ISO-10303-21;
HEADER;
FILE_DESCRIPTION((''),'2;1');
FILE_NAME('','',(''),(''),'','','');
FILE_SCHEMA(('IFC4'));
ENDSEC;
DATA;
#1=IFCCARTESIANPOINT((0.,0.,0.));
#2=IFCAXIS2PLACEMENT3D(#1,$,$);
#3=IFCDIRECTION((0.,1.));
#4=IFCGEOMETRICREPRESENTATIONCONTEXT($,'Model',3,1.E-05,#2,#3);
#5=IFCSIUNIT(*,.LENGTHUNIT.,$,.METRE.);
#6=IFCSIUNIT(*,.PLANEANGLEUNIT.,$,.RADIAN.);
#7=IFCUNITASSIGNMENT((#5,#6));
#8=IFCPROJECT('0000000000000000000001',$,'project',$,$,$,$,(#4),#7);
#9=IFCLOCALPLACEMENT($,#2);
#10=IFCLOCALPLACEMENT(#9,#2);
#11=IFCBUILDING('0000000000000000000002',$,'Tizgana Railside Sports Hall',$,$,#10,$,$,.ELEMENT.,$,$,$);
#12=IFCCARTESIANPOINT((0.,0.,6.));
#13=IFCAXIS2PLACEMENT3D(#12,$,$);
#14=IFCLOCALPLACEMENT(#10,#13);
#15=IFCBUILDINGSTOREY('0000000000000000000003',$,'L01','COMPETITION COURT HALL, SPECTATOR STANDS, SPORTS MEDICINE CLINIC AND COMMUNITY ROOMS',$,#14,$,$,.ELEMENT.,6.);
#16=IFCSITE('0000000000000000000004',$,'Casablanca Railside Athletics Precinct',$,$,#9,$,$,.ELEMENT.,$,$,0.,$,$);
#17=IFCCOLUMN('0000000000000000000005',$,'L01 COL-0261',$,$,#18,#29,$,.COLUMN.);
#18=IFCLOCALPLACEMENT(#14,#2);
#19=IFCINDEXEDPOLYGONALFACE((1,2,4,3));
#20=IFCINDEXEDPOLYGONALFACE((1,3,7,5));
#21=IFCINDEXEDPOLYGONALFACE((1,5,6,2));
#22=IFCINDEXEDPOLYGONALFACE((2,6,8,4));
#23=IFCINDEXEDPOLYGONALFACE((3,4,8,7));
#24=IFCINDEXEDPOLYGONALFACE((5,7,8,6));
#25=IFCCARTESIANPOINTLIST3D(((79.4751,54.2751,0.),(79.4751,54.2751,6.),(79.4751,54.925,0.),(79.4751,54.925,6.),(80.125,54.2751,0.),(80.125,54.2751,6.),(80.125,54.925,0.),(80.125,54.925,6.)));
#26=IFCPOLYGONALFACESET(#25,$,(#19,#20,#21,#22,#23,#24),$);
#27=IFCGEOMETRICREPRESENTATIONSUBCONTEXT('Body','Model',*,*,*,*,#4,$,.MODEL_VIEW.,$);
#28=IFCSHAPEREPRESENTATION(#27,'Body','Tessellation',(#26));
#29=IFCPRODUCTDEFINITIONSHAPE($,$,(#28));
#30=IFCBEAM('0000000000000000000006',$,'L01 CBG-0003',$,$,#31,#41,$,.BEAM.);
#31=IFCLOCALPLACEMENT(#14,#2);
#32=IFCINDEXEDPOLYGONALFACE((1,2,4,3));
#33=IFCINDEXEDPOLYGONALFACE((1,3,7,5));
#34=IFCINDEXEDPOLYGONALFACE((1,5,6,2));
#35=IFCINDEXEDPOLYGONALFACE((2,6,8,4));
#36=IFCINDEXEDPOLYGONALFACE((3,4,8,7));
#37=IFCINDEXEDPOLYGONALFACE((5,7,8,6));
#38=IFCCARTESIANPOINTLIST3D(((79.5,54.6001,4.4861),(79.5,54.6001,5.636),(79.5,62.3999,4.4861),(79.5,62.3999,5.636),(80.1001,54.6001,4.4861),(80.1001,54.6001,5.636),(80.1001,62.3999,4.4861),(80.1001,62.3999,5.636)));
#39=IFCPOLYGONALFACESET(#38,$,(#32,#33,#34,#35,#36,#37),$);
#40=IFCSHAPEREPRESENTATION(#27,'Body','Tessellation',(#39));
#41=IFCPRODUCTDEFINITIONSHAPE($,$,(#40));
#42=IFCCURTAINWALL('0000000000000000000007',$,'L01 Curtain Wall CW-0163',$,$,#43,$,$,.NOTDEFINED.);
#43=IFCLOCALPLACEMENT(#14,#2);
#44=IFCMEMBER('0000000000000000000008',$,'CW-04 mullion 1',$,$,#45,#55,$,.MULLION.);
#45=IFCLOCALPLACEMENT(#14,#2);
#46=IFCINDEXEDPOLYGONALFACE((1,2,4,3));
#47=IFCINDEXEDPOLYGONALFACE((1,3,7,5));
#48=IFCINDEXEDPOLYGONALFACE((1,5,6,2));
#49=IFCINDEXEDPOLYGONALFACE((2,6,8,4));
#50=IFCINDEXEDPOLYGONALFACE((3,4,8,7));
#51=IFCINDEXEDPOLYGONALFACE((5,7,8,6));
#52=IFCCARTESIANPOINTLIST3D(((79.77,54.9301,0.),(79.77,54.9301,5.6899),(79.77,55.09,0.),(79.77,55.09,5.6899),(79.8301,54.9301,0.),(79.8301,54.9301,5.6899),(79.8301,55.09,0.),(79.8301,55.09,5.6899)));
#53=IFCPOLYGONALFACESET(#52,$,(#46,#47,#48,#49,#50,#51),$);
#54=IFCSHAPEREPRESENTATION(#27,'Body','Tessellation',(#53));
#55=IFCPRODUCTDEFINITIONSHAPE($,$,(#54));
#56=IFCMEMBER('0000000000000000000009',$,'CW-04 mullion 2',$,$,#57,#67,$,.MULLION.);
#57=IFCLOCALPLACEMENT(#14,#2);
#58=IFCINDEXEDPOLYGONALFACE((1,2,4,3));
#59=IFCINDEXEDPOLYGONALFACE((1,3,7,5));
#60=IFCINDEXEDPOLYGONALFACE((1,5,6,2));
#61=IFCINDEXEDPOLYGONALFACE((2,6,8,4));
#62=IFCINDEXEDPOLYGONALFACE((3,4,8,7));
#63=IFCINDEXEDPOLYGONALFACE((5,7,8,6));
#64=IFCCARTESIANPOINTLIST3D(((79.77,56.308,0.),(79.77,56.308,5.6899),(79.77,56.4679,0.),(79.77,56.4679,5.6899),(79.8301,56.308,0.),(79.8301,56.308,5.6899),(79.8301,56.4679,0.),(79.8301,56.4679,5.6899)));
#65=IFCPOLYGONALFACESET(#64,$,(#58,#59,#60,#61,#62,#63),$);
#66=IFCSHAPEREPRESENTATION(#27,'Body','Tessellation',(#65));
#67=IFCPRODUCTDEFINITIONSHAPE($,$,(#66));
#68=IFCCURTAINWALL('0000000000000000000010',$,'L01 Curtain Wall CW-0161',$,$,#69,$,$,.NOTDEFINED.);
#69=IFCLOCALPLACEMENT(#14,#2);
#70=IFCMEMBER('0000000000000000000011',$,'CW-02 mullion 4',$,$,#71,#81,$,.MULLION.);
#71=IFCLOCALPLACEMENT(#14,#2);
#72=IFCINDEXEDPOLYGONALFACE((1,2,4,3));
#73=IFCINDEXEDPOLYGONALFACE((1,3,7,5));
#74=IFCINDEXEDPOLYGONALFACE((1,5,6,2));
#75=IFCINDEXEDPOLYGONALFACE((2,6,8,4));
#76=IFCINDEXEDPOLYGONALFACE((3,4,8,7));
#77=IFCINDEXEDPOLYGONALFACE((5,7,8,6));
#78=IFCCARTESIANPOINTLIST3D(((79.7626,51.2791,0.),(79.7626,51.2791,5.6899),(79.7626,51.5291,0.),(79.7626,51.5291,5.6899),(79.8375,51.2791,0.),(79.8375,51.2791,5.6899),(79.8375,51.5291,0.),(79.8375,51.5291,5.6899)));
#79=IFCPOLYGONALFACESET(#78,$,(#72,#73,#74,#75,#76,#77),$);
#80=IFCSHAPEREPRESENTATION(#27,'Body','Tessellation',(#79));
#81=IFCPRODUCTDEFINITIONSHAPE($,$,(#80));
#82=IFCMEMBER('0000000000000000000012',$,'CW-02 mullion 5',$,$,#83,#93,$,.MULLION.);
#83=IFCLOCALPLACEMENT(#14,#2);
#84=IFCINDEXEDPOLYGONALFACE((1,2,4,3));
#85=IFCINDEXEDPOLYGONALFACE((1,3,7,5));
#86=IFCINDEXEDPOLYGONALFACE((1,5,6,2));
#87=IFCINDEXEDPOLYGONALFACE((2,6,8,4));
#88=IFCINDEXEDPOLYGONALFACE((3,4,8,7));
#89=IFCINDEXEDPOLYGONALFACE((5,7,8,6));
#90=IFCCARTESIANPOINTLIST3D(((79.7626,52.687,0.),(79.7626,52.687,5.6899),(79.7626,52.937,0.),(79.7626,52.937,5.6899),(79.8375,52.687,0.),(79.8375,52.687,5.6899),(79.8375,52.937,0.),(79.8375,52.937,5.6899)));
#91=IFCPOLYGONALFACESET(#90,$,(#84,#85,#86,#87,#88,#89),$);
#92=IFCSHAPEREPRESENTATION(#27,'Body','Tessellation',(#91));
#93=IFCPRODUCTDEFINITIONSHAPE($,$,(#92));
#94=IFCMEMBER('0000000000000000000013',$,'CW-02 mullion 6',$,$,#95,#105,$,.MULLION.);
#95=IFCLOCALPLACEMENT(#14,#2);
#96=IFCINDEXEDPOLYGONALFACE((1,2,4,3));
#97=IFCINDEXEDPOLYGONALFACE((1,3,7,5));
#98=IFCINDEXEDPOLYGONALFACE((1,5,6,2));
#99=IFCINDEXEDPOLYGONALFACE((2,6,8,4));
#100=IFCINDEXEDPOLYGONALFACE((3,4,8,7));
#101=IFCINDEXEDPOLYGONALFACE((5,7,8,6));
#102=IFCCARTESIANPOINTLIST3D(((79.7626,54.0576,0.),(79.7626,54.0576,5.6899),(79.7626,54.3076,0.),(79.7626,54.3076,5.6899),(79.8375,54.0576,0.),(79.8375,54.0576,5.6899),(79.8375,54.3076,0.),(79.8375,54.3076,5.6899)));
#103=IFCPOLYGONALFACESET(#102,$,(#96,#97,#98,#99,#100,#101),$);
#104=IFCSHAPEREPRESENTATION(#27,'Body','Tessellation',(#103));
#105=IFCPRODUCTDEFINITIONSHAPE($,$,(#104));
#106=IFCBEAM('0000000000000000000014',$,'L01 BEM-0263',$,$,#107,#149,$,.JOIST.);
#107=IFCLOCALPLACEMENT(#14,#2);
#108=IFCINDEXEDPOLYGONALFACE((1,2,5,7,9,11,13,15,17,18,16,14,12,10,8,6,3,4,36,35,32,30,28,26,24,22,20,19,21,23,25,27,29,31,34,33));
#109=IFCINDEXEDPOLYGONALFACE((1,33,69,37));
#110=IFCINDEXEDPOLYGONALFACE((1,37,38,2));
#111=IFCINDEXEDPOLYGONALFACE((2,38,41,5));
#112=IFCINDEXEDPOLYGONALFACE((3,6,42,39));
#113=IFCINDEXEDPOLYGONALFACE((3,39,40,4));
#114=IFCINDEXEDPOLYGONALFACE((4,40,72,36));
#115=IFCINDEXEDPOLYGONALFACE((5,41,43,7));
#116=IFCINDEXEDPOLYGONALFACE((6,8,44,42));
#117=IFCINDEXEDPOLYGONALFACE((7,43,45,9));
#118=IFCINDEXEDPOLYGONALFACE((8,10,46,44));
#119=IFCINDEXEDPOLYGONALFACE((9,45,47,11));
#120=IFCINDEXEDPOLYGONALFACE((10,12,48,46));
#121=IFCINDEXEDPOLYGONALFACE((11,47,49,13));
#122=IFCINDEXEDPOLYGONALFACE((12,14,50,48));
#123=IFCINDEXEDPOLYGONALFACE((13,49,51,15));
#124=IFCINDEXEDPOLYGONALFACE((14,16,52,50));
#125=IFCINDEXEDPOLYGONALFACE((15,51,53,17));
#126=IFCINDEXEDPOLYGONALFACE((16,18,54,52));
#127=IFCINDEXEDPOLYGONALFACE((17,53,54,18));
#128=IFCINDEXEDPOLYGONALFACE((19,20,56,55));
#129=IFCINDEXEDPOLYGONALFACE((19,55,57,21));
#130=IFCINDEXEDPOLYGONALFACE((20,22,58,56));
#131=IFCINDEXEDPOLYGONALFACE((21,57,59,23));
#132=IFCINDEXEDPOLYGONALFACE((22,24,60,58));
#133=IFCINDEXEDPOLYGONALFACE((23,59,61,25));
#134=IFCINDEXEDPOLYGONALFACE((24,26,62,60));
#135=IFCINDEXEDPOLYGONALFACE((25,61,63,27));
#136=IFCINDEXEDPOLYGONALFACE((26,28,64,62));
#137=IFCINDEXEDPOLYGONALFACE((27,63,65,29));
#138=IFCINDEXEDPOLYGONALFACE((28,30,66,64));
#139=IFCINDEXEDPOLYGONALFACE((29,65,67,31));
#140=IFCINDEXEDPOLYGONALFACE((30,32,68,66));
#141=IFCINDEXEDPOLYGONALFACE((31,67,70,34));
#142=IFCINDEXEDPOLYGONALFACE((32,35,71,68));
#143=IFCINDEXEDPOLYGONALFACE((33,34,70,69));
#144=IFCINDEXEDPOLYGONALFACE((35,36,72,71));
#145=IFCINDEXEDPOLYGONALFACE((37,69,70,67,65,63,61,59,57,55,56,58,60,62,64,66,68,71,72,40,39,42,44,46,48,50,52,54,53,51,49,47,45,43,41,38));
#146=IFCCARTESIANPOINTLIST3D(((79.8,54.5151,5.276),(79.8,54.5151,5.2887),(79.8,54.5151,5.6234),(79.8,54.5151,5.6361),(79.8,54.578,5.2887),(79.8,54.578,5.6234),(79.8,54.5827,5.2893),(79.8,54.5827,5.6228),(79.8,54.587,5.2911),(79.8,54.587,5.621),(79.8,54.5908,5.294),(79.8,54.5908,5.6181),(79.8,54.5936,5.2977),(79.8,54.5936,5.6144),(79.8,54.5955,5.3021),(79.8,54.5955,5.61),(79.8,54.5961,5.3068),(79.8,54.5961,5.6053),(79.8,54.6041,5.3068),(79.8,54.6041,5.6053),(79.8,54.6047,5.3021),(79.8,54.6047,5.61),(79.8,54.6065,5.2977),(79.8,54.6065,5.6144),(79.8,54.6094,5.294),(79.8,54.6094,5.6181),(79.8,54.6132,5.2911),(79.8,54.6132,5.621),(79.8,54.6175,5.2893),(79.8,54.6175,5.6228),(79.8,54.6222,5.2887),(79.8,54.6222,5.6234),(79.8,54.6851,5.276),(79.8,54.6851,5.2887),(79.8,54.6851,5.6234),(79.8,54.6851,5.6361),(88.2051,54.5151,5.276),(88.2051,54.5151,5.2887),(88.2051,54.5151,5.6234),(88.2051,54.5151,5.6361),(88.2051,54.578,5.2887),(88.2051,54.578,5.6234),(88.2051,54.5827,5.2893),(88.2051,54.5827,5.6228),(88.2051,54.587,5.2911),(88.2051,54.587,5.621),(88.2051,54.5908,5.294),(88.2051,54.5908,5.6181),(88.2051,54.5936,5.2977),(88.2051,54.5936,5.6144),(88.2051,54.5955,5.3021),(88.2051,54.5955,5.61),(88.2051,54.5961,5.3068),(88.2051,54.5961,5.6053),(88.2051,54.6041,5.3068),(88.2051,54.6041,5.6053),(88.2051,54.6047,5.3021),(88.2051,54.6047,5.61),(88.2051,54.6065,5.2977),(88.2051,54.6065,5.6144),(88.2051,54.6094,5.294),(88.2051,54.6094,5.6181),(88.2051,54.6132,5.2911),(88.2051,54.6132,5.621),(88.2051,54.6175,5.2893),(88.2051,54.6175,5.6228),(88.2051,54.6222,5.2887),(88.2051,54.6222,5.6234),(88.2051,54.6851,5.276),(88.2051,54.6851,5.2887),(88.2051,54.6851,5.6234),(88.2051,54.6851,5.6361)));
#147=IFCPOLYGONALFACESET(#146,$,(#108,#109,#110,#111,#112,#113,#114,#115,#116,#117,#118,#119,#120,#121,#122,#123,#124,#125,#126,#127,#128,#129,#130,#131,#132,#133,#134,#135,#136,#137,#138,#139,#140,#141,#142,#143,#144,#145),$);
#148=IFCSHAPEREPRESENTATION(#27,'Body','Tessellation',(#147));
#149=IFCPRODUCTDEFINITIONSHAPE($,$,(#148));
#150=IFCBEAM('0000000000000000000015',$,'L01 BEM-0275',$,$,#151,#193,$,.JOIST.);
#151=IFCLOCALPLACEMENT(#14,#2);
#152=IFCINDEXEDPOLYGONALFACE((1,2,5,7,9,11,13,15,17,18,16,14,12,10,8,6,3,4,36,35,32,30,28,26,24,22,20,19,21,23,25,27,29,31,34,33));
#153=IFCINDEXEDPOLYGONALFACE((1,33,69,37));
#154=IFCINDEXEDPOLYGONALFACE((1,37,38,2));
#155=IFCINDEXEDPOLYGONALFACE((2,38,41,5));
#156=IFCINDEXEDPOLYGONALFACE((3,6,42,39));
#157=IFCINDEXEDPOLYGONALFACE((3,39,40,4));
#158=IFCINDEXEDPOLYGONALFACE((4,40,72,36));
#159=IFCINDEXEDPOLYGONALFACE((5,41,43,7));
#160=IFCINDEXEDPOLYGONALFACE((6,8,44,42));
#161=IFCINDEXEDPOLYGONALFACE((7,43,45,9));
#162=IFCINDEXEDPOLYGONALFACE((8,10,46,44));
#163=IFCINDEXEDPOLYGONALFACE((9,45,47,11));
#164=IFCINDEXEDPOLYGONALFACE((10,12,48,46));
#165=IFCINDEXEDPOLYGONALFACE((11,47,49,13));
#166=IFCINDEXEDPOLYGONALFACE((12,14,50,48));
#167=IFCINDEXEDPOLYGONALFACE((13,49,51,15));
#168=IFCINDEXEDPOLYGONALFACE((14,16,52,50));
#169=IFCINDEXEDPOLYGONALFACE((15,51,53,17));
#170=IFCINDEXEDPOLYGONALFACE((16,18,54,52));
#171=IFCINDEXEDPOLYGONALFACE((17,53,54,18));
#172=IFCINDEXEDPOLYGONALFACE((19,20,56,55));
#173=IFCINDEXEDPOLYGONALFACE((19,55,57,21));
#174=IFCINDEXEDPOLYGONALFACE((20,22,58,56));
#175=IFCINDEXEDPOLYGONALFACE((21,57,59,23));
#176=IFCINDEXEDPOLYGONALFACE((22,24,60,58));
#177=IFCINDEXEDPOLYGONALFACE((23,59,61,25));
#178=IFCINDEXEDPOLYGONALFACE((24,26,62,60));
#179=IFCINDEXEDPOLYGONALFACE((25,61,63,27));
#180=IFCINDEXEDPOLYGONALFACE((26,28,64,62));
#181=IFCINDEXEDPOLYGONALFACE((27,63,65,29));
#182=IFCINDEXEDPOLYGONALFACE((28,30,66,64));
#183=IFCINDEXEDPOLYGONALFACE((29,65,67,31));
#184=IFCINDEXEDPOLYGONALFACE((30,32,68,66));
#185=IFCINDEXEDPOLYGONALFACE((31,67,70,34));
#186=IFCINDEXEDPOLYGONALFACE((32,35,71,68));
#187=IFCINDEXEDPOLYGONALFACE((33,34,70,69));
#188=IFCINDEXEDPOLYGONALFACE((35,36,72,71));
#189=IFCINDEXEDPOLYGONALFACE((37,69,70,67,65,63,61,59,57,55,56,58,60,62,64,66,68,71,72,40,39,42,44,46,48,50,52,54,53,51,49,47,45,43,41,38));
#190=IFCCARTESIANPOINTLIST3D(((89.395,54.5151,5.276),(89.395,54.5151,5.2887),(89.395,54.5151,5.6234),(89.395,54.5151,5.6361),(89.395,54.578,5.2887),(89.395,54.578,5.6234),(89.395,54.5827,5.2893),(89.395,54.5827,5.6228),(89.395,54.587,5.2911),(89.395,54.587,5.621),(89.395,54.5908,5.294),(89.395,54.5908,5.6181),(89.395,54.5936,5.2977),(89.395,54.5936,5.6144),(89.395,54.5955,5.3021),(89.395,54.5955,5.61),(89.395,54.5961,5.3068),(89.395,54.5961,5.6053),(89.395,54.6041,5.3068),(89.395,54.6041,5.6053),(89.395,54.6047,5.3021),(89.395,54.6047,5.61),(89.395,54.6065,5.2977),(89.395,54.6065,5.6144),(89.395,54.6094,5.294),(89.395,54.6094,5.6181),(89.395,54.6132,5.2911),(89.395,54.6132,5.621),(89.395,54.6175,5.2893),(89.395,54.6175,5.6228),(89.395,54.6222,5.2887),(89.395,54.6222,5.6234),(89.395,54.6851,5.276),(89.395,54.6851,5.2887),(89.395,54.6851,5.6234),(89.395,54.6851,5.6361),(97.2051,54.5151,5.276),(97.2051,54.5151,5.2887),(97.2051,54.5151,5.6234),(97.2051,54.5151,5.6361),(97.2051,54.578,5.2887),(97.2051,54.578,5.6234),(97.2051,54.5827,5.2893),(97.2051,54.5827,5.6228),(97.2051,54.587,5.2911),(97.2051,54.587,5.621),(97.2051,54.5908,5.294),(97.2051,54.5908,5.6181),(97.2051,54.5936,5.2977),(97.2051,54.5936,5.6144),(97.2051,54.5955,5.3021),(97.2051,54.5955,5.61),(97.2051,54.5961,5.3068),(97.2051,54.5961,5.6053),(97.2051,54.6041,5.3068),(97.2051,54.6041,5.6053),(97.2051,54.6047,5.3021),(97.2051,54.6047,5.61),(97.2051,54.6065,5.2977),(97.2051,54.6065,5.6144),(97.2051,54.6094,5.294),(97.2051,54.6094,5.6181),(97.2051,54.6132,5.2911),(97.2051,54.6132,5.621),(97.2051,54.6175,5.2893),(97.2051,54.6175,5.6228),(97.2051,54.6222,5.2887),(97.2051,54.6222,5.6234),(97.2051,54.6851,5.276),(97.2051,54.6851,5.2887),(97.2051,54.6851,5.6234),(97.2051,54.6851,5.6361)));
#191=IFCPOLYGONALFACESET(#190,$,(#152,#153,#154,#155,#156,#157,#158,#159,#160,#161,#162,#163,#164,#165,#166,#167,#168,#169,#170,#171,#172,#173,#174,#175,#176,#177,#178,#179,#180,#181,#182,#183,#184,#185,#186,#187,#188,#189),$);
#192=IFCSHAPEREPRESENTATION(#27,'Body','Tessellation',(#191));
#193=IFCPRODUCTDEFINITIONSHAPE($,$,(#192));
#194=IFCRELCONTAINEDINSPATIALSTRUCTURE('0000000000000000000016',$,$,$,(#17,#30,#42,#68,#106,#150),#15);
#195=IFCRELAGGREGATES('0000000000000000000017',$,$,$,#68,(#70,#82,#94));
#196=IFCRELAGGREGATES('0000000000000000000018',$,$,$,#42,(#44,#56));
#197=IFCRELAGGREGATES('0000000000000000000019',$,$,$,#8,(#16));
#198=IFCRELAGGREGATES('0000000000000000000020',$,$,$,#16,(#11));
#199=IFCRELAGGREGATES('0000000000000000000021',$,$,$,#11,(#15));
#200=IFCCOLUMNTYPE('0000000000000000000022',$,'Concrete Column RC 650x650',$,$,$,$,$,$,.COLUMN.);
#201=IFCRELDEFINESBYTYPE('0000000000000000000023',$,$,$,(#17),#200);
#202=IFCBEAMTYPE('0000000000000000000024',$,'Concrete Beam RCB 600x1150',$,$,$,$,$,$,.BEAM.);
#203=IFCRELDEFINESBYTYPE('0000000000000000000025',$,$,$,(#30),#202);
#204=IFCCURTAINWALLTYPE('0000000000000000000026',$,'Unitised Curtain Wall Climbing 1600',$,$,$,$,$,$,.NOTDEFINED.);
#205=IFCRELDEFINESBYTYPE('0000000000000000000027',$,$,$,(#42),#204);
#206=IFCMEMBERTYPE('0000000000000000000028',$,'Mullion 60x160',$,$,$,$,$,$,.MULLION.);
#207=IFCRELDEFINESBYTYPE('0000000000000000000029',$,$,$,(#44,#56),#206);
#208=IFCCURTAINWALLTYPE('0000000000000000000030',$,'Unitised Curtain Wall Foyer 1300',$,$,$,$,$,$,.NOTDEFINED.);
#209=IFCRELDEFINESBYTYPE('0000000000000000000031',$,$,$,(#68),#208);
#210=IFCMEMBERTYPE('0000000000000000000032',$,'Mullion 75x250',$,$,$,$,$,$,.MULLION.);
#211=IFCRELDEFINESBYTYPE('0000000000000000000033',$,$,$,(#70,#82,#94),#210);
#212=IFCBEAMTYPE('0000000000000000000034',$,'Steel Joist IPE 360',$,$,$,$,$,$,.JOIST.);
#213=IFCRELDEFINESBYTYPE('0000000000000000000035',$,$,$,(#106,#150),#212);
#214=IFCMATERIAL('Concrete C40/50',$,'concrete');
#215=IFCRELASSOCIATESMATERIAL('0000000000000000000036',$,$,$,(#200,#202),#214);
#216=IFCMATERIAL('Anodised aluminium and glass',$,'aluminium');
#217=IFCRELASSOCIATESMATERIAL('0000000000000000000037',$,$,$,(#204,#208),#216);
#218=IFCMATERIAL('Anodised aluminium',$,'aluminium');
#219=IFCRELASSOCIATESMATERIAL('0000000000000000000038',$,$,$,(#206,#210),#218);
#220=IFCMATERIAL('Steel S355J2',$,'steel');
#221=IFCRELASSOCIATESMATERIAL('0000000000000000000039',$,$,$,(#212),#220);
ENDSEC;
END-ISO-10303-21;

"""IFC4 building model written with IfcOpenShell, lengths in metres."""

from ifc_helpers import new_model, si_unit, direction, frame, origin, origin_2d, place, context, subcontext, project, spatial, rectangle, i_section, extrude, material, material_profile, profile_set, type_object, element, aggregate, save


model = new_model("IFC4")

# Units and contexts
model_context = context("Model", 3, precision=1e-05, world=origin(), true_north=direction((0.0, 1.0)))
body_context = subcontext(model_context, "Body", "Model", "MODEL_VIEW")
ifc_project = project(units=[si_unit("LENGTHUNIT", "METRE"), si_unit("PLANEANGLEUNIT", "RADIAN")], contexts=[model_context])

# Site, building, storey
site_placement = place(None, origin())
site = spatial("IfcSite", under=ifc_project, at=site_placement, Name="Casablanca Railside Athletics Precinct", CompositionType="ELEMENT", RefElevation=0.0)
building_placement = place(site_placement, origin())
building = spatial("IfcBuilding", under=site, at=building_placement, Name="Tizgana Railside Sports Hall", CompositionType="ELEMENT")
storey_placement = place(building_placement, frame((0.0, 0.0, 6.0)))
storey = spatial("IfcBuildingStorey", under=building, at=storey_placement, Name="L01", Description="COMPETITION COURT HALL, SPECTATOR STANDS, SPORTS MEDICINE CLINIC AND COMMUNITY ROOMS", CompositionType="ELEMENT", Elevation=6.0)

# Column
ifc_material_1 = material(Name="Concrete C40/50", Category="concrete")
ifc_material_profile_1 = material_profile(ifc_material_1, rectangle(XDim=0.6499, YDim=0.6499, at=origin_2d()), Name="RC 650x650")
ifc_profile_set_1 = profile_set([ifc_material_profile_1], Name="Concrete C40/50")
column_type = type_object("IfcColumnType", Name="Concrete Column RC 650x650", PredefinedType="COLUMN", material=ifc_profile_set_1)
column_placement = place(storey_placement, frame((79.8, 54.6001, 0.0), z_axis=(0.0, 0.0, 1.0), x_axis=(1.0, 0.0, 0.0)))
element("IfcColumn", 1, at=column_placement, inside=storey, type_object=column_type, Name="L01 COL-0261", PredefinedType="COLUMN", context=body_context, shape_type="SweptSolid", body=[
    extrude(rectangle(XDim=0.6499, YDim=0.6499, at=origin_2d()), origin(), (0.0, 0.0, 1.0), 6.0),
])

# Beam
ifc_material_profile_2 = material_profile(ifc_material_1, rectangle(XDim=0.6001, YDim=1.1499, at=origin_2d()), Name="RCB 600x1150")
ifc_profile_set_2 = profile_set([ifc_material_profile_2], Name="Concrete C40/50")
beam_type_1 = type_object("IfcBeamType", Name="Concrete Beam RCB 600x1150", PredefinedType="BEAM", material=ifc_profile_set_2)
beam_1_placement = place(storey_placement, frame((79.8, 54.6001, 5.061), z_axis=(0.0, 1.0, 0.0), x_axis=(-1.0, 0.0, 0.0)))
element("IfcBeam", 2, at=beam_1_placement, inside=storey, type_object=beam_type_1, Name="L01 CBG-0003", PredefinedType="BEAM", context=body_context, shape_type="SweptSolid", body=[
    extrude(rectangle(XDim=0.6001, YDim=1.1499, at=origin_2d()), origin(), (0.0, 0.0, 1.0), 7.7998),
])

# Curtain walls, members
ifc_material_2 = material(Name="Anodised aluminium and glass", Category="aluminium")
curtain_wall_type_1 = type_object("IfcCurtainWallType", Name="Unitised Curtain Wall Climbing 1600", PredefinedType="NOTDEFINED", material=ifc_material_2)
curtain_wall_1_placement = place(storey_placement, origin())
curtain_wall_1 = element("IfcCurtainWall", 3, at=curtain_wall_1_placement, inside=storey, type_object=curtain_wall_type_1, Name="L01 Curtain Wall CW-0163", PredefinedType="NOTDEFINED")
ifc_material_3 = material(Name="Anodised aluminium", Category="aluminium")
ifc_material_profile_3 = material_profile(ifc_material_3, rectangle(XDim=0.0601, YDim=0.1599, at=origin_2d()), Name="Mullion 60x160")
ifc_profile_set_3 = profile_set([ifc_material_profile_3], Name="Anodised aluminium")
member_type_1 = type_object("IfcMemberType", Name="Mullion 60x160", PredefinedType="MULLION", material=ifc_profile_set_3)
member_1_placement = place(storey_placement, frame((79.8, 55.01, 0.0), z_axis=(0.0, 0.0, 1.0), x_axis=(-1.0, 0.0, 0.0)))
member_1 = element("IfcMember", 4, at=member_1_placement, type_object=member_type_1, Name="CW-04 mullion 1", PredefinedType="MULLION", context=body_context, shape_type="SweptSolid", body=[
    extrude(rectangle(XDim=0.0601, YDim=0.1599, at=origin_2d()), origin(), (0.0, 0.0, 1.0), 5.6899),
])
member_2_placement = place(storey_placement, frame((79.8, 56.3879, 0.0), z_axis=(0.0, 0.0, 1.0), x_axis=(-1.0, 0.0, 0.0)))
member_2 = element("IfcMember", 5, at=member_2_placement, type_object=member_type_1, Name="CW-04 mullion 2", PredefinedType="MULLION", context=body_context, shape_type="SweptSolid", body=[
    extrude(rectangle(XDim=0.0601, YDim=0.1599, at=origin_2d()), origin(), (0.0, 0.0, 1.0), 5.6899),
])
curtain_wall_type_2 = type_object("IfcCurtainWallType", Name="Unitised Curtain Wall Foyer 1300", PredefinedType="NOTDEFINED", material=ifc_material_2)
curtain_wall_2_placement = place(storey_placement, origin())
curtain_wall_2 = element("IfcCurtainWall", 6, at=curtain_wall_2_placement, inside=storey, type_object=curtain_wall_type_2, Name="L01 Curtain Wall CW-0161", PredefinedType="NOTDEFINED")
ifc_material_profile_4 = material_profile(ifc_material_3, rectangle(XDim=0.075, YDim=0.25, at=origin_2d()), Name="Mullion 75x250")
ifc_profile_set_4 = profile_set([ifc_material_profile_4], Name="Anodised aluminium")
member_type_2 = type_object("IfcMemberType", Name="Mullion 75x250", PredefinedType="MULLION", material=ifc_profile_set_4)
member_3_placement = place(storey_placement, frame((79.8, 51.4041, 0.0), z_axis=(0.0, 0.0, 1.0), x_axis=(-1.0, 0.0, 0.0)))
member_3 = element("IfcMember", 7, at=member_3_placement, type_object=member_type_2, Name="CW-02 mullion 4", PredefinedType="MULLION", context=body_context, shape_type="SweptSolid", body=[
    extrude(rectangle(XDim=0.075, YDim=0.25, at=origin_2d()), origin(), (0.0, 0.0, 1.0), 5.6899),
])
member_4_placement = place(storey_placement, frame((79.8, 52.812, 0.0), z_axis=(0.0, 0.0, 1.0), x_axis=(-1.0, 0.0, 0.0)))
member_4 = element("IfcMember", 8, at=member_4_placement, type_object=member_type_2, Name="CW-02 mullion 5", PredefinedType="MULLION", context=body_context, shape_type="SweptSolid", body=[
    extrude(rectangle(XDim=0.075, YDim=0.25, at=origin_2d()), origin(), (0.0, 0.0, 1.0), 5.6899),
])
member_5_placement = place(storey_placement, frame((79.8, 54.1826, 0.0), z_axis=(0.0, 0.0, 1.0), x_axis=(-1.0, 0.0, 0.0)))
member_5 = element("IfcMember", 9, at=member_5_placement, type_object=member_type_2, Name="CW-02 mullion 6", PredefinedType="MULLION", context=body_context, shape_type="SweptSolid", body=[
    extrude(rectangle(XDim=0.075, YDim=0.25, at=origin_2d()), origin(), (0.0, 0.0, 1.0), 5.6899),
])

# Beams
ifc_material_4 = material(Name="Steel S355J2", Category="steel")
ifc_material_profile_5 = material_profile(ifc_material_4, i_section(OverallWidth=0.1699, OverallDepth=0.3601, WebThickness=0.0081, FlangeThickness=0.0127, FilletRadius=0.0181, at=origin_2d()), Name="IPE 360")
ifc_profile_set_5 = profile_set([ifc_material_profile_5], Name="Steel S355J2")
beam_type_2 = type_object("IfcBeamType", Name="Steel Joist IPE 360", PredefinedType="JOIST", material=ifc_profile_set_5)
beam_2_placement = place(storey_placement, frame((79.8, 54.6001, 5.4561), z_axis=(1.0, 0.0, 0.0), x_axis=(0.0, 1.0, 0.0)))
element("IfcBeam", 10, at=beam_2_placement, inside=storey, type_object=beam_type_2, Name="L01 BEM-0263", PredefinedType="JOIST", context=body_context, shape_type="SweptSolid", body=[
    extrude(i_section(OverallWidth=0.1699, OverallDepth=0.3601, WebThickness=0.0081, FlangeThickness=0.0127, FilletRadius=0.0181, at=origin_2d()), origin(), (0.0, 0.0, 1.0), 8.405),
])
beam_3_placement = place(storey_placement, frame((89.395, 54.6001, 5.4561), z_axis=(1.0, 0.0, 0.0), x_axis=(0.0, 1.0, 0.0)))
element("IfcBeam", 11, at=beam_3_placement, inside=storey, type_object=beam_type_2, Name="L01 BEM-0275", PredefinedType="JOIST", context=body_context, shape_type="SweptSolid", body=[
    extrude(i_section(OverallWidth=0.1699, OverallDepth=0.3601, WebThickness=0.0081, FlangeThickness=0.0127, FilletRadius=0.0181, at=origin_2d()), origin(), (0.0, 0.0, 1.0), 7.8101),
])

aggregate(curtain_wall_2, [member_3, member_4, member_5])
aggregate(curtain_wall_1, [member_1, member_2])

save(model, "model.ifc")
